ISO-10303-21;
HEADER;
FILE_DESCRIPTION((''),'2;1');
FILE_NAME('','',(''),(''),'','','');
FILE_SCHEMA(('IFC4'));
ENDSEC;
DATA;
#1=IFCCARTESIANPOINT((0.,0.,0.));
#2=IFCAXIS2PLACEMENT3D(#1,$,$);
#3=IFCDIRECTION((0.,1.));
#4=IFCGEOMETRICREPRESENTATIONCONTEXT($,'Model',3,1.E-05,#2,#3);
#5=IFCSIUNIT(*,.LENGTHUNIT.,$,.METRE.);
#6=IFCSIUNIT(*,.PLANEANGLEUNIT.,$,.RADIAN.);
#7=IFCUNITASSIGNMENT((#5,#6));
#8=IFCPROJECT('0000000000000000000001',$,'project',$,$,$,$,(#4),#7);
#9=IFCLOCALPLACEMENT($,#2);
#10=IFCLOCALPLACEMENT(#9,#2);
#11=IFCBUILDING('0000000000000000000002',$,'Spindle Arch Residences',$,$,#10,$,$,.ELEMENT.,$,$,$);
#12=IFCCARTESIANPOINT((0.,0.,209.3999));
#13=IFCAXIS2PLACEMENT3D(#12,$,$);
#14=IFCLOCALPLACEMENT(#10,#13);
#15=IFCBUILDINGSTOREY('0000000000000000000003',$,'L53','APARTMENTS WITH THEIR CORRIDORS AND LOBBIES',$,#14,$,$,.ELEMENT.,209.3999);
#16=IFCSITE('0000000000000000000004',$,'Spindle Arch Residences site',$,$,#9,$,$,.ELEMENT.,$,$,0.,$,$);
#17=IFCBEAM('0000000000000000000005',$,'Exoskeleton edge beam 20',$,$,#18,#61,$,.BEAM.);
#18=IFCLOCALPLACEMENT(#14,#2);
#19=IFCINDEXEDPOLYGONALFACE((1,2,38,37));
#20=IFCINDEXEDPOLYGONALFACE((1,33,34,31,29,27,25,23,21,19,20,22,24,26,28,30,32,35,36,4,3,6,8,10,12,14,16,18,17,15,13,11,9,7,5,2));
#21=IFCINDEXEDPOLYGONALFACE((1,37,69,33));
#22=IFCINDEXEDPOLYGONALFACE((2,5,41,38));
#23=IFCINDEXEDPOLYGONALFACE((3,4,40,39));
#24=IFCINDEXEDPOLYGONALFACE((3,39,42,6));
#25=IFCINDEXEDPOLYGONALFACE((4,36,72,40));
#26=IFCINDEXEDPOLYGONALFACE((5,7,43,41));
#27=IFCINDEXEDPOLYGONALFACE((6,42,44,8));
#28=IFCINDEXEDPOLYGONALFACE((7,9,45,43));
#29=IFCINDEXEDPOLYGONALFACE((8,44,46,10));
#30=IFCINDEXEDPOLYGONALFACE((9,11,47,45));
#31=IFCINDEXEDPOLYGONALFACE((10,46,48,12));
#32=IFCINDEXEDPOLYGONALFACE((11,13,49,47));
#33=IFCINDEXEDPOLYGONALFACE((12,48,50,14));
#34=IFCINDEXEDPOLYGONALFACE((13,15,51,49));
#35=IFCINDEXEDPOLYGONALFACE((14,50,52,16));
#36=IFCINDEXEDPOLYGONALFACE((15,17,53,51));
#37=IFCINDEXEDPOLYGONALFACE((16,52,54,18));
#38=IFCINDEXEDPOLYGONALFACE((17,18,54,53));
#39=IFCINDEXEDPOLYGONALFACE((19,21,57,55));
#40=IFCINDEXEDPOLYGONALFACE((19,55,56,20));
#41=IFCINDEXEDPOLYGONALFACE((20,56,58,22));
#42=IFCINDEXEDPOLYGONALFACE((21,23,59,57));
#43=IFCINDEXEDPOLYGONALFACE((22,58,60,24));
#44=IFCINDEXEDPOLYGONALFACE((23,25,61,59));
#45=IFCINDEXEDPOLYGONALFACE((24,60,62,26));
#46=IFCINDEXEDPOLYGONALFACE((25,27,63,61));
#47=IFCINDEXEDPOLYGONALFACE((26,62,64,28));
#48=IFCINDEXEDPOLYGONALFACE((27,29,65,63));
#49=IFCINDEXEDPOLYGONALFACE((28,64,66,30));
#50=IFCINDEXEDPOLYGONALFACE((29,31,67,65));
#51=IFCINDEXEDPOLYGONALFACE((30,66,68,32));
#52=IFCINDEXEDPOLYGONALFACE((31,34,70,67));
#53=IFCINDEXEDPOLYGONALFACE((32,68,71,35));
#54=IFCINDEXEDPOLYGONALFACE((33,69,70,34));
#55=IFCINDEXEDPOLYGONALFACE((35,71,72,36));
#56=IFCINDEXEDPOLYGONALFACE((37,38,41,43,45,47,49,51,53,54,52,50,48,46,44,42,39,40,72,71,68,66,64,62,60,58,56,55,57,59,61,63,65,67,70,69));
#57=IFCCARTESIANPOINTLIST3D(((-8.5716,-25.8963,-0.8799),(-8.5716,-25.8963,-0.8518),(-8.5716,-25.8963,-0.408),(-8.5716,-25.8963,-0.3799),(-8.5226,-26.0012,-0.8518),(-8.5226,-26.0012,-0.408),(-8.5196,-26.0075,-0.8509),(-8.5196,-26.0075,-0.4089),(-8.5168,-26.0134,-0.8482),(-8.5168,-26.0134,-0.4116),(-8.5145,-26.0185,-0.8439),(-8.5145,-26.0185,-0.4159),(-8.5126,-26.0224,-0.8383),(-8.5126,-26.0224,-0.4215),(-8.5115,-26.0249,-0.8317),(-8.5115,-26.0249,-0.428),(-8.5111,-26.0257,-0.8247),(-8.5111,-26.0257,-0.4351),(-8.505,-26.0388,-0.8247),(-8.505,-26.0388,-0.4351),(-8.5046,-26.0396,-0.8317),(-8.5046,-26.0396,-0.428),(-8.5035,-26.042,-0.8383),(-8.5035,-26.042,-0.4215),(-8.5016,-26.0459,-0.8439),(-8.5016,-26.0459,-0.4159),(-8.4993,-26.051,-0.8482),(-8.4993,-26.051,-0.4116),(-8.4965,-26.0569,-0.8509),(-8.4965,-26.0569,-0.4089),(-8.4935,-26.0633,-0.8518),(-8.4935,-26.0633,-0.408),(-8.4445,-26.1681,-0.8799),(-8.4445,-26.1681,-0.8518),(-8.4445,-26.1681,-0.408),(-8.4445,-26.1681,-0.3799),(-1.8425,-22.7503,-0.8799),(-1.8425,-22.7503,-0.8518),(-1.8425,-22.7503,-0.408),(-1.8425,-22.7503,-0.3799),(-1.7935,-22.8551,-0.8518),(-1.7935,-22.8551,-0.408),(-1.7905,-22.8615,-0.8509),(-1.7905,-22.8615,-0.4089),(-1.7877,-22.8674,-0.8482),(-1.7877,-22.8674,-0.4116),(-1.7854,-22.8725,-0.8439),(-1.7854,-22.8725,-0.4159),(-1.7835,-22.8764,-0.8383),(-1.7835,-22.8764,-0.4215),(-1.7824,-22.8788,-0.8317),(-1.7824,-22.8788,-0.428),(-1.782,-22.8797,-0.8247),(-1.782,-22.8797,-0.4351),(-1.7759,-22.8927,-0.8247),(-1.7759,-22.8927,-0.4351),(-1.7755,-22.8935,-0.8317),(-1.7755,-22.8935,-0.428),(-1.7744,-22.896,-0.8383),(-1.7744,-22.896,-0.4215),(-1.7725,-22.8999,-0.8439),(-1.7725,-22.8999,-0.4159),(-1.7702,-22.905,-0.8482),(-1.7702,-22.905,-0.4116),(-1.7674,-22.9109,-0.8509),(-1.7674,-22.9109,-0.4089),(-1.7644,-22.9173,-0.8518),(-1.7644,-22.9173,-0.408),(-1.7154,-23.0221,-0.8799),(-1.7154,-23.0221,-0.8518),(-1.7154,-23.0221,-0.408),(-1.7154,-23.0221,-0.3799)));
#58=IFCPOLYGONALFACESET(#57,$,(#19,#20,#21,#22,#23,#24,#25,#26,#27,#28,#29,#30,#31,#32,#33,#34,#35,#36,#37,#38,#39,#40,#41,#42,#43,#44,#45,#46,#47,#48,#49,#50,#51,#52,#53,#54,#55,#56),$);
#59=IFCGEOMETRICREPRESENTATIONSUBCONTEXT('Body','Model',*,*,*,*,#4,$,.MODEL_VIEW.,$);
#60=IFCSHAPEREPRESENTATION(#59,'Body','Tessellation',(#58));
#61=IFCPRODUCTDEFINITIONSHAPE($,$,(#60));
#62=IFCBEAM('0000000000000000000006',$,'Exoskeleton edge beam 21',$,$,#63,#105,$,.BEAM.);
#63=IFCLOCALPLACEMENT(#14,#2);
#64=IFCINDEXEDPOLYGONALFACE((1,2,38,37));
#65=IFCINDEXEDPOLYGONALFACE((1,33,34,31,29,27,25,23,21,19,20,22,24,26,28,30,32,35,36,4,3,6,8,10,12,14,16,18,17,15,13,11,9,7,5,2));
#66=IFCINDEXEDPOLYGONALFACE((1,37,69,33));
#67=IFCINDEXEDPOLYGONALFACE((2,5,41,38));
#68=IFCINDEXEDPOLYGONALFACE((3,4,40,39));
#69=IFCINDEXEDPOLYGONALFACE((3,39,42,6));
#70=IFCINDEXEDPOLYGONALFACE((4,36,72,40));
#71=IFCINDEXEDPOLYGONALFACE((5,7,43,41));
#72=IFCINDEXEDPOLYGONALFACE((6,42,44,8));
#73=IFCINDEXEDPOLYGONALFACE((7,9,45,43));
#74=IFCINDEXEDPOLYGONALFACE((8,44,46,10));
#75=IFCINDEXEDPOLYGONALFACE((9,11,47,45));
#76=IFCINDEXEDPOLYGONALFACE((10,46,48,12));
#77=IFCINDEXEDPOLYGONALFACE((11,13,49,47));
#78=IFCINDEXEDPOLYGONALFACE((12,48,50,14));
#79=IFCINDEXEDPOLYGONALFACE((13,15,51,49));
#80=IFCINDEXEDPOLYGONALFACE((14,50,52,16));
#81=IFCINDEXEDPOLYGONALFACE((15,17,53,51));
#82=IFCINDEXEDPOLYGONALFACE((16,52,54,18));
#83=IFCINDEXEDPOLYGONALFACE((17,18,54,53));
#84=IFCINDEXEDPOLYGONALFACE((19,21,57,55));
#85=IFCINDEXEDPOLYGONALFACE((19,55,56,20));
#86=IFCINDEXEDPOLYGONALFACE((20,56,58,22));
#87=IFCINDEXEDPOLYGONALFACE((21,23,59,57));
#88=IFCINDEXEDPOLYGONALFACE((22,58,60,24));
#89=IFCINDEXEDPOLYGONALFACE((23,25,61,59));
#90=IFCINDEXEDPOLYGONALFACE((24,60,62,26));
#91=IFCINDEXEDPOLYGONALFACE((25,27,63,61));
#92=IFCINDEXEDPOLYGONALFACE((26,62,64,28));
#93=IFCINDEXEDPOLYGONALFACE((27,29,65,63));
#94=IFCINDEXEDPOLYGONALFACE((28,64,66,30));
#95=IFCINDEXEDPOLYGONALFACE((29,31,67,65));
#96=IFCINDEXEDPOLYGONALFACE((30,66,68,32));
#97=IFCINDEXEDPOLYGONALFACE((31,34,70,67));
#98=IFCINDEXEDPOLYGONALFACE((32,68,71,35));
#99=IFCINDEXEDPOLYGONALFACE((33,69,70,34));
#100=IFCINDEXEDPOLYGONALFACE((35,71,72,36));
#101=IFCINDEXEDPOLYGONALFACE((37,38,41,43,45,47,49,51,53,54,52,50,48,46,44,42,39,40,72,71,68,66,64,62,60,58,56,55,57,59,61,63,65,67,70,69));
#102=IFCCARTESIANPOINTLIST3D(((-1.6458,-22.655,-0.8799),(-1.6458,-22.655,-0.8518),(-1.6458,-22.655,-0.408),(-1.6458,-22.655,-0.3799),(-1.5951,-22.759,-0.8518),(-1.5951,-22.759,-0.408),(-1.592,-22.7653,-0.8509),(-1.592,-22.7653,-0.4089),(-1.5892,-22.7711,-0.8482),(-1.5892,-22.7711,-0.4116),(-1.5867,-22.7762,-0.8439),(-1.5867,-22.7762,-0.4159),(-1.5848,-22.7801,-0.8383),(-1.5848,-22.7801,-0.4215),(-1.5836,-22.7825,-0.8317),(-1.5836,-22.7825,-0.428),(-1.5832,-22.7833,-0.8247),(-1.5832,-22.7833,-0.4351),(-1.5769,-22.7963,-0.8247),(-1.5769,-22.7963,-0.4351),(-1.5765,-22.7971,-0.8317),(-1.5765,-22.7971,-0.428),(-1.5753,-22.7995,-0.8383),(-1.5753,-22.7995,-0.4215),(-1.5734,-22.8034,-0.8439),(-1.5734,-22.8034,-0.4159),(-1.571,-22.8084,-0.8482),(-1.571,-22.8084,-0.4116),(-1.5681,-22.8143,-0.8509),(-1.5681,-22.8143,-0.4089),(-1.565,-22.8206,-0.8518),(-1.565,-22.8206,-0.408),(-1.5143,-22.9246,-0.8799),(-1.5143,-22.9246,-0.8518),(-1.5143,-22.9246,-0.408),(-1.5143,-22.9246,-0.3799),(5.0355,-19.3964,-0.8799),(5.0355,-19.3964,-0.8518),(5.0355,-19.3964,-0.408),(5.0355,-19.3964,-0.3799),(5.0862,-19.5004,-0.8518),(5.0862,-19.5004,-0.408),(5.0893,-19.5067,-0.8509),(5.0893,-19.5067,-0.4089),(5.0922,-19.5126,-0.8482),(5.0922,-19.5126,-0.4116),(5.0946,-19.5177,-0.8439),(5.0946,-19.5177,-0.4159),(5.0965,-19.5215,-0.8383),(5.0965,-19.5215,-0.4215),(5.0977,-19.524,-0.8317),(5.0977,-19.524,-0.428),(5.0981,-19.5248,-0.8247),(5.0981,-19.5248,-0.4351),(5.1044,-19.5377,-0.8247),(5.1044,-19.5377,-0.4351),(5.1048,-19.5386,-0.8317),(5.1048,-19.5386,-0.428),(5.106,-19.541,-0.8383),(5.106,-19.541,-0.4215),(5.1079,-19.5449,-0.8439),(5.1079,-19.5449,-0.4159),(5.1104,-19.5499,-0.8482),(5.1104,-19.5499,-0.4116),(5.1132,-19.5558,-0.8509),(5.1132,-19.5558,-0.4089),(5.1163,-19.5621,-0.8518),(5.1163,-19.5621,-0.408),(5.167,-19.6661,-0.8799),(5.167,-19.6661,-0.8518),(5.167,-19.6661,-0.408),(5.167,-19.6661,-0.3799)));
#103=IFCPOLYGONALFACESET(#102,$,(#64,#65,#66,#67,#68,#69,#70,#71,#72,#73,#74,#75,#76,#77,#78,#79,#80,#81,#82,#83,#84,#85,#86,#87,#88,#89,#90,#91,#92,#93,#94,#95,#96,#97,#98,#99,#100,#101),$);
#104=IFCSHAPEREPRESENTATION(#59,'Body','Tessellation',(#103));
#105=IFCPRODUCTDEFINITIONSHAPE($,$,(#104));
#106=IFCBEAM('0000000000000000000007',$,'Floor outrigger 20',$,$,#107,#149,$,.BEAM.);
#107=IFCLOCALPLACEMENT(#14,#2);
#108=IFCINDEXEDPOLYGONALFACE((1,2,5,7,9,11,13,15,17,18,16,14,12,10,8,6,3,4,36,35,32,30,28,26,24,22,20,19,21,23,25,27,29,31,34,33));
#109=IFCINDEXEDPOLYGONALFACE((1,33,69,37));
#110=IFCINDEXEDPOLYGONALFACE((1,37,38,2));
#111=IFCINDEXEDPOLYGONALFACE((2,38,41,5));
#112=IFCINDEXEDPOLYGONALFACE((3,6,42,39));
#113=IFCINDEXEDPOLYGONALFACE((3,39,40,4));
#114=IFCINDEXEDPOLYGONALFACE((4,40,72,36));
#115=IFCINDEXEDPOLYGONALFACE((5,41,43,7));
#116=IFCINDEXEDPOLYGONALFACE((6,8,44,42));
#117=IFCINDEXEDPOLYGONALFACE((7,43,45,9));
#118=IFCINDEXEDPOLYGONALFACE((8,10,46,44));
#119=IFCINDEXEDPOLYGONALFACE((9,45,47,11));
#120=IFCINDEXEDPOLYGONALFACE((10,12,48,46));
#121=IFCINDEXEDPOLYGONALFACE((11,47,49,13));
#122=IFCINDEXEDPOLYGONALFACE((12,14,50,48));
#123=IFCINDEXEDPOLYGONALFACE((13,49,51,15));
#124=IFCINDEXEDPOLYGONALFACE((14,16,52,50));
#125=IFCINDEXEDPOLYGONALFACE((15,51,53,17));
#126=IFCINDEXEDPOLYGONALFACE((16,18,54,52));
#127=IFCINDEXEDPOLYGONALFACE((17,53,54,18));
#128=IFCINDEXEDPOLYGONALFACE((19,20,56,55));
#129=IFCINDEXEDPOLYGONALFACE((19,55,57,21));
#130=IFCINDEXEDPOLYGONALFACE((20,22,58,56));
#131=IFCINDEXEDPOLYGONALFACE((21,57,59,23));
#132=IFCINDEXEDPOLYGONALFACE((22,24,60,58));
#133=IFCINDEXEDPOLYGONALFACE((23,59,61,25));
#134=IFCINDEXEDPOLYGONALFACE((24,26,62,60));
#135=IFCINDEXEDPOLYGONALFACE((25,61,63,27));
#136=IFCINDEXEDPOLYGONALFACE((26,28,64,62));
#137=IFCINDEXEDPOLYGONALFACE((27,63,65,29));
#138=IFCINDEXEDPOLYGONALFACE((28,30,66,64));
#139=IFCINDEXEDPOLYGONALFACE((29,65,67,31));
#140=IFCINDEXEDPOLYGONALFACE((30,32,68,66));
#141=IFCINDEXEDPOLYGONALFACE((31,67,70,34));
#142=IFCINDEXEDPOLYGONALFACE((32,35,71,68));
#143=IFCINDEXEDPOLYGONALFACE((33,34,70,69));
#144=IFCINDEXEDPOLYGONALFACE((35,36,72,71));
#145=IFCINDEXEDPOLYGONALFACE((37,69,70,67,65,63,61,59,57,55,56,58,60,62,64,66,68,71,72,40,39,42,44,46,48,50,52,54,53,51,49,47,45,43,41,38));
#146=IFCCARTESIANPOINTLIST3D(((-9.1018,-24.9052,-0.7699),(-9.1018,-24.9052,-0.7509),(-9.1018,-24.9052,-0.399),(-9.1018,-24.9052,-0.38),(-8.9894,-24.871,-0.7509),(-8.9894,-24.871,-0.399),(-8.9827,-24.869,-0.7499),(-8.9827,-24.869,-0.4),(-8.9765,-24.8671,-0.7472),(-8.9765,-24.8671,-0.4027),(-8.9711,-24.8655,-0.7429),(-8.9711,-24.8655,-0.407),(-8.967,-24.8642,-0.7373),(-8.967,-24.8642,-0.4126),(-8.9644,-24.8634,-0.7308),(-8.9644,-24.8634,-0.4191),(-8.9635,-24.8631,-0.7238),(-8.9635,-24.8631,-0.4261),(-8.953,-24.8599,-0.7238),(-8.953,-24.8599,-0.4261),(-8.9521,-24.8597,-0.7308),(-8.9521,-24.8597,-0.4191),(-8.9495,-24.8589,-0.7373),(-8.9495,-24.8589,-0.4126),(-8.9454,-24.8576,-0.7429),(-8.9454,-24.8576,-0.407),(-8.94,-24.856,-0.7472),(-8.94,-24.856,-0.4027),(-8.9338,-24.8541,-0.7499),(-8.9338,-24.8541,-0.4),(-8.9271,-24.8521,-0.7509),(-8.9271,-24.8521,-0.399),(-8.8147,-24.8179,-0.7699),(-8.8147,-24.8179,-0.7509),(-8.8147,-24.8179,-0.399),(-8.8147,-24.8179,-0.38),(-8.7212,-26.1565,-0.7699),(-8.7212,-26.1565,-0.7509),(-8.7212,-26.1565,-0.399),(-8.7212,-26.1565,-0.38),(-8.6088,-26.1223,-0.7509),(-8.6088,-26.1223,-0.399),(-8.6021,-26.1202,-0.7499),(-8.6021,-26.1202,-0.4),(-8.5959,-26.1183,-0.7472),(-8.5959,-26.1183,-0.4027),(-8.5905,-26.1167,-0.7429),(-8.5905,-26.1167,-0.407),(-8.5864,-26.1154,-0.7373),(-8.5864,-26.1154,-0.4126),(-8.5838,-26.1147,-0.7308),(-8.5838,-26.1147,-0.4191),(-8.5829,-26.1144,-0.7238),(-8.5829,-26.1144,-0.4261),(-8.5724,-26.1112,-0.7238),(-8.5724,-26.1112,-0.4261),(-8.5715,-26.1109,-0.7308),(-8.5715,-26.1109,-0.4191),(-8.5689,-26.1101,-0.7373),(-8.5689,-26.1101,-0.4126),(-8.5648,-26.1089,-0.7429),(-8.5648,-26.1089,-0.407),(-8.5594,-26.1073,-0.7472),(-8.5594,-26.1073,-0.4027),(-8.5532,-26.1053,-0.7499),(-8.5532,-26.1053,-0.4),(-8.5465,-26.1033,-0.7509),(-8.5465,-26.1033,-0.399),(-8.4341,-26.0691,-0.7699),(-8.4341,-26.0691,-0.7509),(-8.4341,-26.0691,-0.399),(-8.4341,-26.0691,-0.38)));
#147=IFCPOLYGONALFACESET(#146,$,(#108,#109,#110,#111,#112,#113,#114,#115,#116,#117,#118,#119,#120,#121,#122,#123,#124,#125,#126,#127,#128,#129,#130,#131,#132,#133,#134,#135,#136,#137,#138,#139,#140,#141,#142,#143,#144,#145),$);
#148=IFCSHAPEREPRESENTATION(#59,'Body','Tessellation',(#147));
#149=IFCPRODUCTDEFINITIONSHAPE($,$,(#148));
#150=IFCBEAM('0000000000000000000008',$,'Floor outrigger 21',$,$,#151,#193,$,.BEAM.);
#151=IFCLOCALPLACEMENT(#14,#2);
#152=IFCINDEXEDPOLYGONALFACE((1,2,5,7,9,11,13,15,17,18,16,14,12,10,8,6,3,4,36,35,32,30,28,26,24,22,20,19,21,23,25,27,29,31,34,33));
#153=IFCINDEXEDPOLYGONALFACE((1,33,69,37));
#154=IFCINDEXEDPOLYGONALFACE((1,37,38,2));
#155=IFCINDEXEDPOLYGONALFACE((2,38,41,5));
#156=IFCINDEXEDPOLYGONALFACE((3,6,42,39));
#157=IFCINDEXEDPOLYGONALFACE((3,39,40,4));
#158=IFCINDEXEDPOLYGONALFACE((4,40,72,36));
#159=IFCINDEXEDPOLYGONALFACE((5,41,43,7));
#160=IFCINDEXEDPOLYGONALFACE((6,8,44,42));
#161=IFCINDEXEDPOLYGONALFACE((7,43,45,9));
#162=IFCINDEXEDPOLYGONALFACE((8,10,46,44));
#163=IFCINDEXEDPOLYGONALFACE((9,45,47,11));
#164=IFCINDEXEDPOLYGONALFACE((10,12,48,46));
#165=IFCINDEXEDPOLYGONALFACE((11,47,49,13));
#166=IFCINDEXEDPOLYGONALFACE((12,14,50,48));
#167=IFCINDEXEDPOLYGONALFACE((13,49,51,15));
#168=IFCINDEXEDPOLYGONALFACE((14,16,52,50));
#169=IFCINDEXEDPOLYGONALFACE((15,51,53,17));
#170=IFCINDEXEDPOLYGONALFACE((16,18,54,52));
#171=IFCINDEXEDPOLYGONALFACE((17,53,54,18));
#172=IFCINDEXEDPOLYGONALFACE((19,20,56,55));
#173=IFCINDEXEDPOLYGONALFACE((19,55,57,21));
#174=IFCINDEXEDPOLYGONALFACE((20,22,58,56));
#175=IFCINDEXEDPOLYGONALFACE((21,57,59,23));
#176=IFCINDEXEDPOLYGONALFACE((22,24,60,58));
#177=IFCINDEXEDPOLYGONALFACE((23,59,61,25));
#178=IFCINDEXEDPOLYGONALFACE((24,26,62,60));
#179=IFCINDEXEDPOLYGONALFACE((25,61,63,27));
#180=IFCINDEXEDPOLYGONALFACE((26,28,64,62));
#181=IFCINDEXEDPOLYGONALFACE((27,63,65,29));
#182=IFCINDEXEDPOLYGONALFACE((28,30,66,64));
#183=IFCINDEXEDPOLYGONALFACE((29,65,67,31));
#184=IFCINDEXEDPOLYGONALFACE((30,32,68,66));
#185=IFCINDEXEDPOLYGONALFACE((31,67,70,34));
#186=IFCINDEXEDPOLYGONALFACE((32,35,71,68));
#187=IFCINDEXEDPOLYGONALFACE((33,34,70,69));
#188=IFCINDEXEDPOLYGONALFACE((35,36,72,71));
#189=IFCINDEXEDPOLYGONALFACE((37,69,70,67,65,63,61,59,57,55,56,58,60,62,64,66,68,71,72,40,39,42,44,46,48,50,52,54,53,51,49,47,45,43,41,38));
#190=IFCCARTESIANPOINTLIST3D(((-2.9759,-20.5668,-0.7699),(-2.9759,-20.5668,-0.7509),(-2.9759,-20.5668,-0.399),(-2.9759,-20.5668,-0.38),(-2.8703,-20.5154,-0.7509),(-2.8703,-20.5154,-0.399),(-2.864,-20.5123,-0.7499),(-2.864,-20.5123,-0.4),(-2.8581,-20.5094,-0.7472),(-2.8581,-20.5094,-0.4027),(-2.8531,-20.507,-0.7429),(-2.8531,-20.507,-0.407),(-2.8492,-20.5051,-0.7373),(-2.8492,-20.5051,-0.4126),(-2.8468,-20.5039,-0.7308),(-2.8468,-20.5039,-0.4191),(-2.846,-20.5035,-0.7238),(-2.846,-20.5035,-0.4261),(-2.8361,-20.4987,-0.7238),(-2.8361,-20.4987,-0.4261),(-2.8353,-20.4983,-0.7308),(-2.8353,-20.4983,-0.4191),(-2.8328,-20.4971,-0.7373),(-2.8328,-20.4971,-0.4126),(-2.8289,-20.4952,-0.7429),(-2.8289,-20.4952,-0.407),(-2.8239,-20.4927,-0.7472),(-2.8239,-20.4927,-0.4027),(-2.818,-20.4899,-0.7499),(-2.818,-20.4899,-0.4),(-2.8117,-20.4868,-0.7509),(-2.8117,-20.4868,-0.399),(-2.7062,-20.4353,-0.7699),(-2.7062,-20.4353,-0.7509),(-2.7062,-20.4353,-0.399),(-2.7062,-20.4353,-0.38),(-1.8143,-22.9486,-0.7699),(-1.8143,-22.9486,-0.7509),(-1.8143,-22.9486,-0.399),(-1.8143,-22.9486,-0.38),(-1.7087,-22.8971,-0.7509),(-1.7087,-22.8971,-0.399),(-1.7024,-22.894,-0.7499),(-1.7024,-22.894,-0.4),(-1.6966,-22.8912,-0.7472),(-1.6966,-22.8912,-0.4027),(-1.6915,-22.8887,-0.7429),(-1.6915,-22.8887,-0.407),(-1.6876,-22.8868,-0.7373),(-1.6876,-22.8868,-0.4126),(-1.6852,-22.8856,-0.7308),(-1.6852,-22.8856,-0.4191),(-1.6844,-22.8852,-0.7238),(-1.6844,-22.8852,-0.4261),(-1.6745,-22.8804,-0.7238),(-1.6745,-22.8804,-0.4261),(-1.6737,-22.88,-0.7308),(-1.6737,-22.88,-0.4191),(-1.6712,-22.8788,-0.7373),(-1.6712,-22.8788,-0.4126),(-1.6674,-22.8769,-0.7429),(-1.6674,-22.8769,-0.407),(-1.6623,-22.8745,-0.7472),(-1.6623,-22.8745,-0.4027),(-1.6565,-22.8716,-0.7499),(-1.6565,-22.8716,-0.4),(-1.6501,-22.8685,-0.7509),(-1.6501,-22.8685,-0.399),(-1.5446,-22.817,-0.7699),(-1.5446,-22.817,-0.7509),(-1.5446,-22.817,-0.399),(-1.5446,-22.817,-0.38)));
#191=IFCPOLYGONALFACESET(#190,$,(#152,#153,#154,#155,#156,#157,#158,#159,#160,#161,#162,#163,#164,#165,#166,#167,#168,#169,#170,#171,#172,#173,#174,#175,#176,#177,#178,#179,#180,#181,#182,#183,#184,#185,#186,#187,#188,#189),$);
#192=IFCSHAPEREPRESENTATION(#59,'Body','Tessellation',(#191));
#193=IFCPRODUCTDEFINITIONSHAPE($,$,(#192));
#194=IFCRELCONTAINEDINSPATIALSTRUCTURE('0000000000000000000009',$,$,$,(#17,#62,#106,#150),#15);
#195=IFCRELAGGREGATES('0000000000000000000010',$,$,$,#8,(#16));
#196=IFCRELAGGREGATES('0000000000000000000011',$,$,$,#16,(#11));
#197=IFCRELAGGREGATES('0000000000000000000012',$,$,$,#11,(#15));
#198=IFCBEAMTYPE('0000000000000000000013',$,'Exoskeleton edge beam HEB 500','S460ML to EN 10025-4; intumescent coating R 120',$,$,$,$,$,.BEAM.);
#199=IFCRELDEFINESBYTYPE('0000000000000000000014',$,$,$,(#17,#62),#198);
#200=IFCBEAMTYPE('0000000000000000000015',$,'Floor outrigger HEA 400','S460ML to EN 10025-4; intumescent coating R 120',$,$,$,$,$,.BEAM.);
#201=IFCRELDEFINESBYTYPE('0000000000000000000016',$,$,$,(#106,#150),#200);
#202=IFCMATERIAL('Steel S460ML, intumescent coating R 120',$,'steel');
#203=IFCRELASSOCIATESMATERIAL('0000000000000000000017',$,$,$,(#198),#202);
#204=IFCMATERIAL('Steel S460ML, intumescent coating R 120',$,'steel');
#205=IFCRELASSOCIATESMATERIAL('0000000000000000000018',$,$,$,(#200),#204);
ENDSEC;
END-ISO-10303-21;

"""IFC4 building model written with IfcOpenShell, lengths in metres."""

from ifc_helpers import new_model, si_unit, direction, frame, origin, origin_2d, place, context, subcontext, project, spatial, i_section, extrude, material, material_profile, profile_set, type_object, element, save


model = new_model("IFC4")

# Units and contexts
model_context = context("Model", 3, precision=1e-05, world=origin(), true_north=direction((0.0, 1.0)))
body_context = subcontext(model_context, "Body", "Model", "MODEL_VIEW")
ifc_project = project(units=[si_unit("LENGTHUNIT", "METRE"), si_unit("PLANEANGLEUNIT", "RADIAN")], contexts=[model_context])

# Site, building, storey
site_placement = place(None, origin())
site = spatial("IfcSite", under=ifc_project, at=site_placement, Name="Spindle Arch Residences site", CompositionType="ELEMENT", RefElevation=0.0)
building_placement = place(site_placement, origin())
building = spatial("IfcBuilding", under=site, at=building_placement, Name="Spindle Arch Residences", CompositionType="ELEMENT")
storey_placement = place(building_placement, frame((0.0, 0.0, 209.3999)))
storey = spatial("IfcBuildingStorey", under=building, at=storey_placement, Name="L53", Description="APARTMENTS WITH THEIR CORRIDORS AND LOBBIES", CompositionType="ELEMENT", Elevation=209.3999)

# Beams
ifc_material_1 = material(Name="Steel S460ML, intumescent coating R 120", Category="steel")
ifc_material_profile_1 = material_profile(ifc_material_1, i_section(OverallWidth=0.3, OverallDepth=0.5, WebThickness=0.0144, FlangeThickness=0.0281, FilletRadius=0.0271, at=origin_2d()), Name="HEB 500")
ifc_profile_set_1 = profile_set([ifc_material_profile_1], Name="Steel S460ML, intumescent coating R 120")
beam_type_1 = type_object("IfcBeamType", Name="Exoskeleton edge beam HEB 500", Description="S460ML to EN 10025-4; intumescent coating R 120", PredefinedType="BEAM", material=ifc_profile_set_1)
beam_1_placement = place(storey_placement, frame((-8.5081, -26.0322, -0.6299), z_axis=(0.905884, 0.423526, 0.0), x_axis=(-0.423526, 0.905884, 0.0)))
element("IfcBeam", 1, at=beam_1_placement, inside=storey, type_object=beam_type_1, Name="Exoskeleton edge beam 20", PredefinedType="BEAM", context=body_context, shape_type="SweptSolid", body=[
    extrude(i_section(OverallWidth=0.3, OverallDepth=0.5, WebThickness=0.0144, FlangeThickness=0.0281, FilletRadius=0.0271, at=origin_2d()), origin(), (0.0, 0.0, 1.0), 7.4282),
])
beam_2_placement = place(storey_placement, frame((-1.5801, -22.7898, -0.6299), z_axis=(0.898804, 0.438351, 0.0), x_axis=(-0.438351, 0.898804, 0.0)))
element("IfcBeam", 2, at=beam_2_placement, inside=storey, type_object=beam_type_1, Name="Exoskeleton edge beam 21", PredefinedType="BEAM", context=body_context, shape_type="SweptSolid", body=[
    extrude(i_section(OverallWidth=0.3, OverallDepth=0.5, WebThickness=0.0144, FlangeThickness=0.0281, FilletRadius=0.0271, at=origin_2d()), origin(), (0.0, 0.0, 1.0), 7.4336),
])
ifc_material_2 = material(Name="Steel S460ML, intumescent coating R 120", Category="steel")
ifc_material_profile_2 = material_profile(ifc_material_2, i_section(OverallWidth=0.3, OverallDepth=0.3899, WebThickness=0.011, FlangeThickness=0.019, FilletRadius=0.0271, at=origin_2d()), Name="HEA 400")
ifc_profile_set_2 = profile_set([ifc_material_profile_2], Name="Steel S460ML, intumescent coating R 120")
beam_type_2 = type_object("IfcBeamType", Name="Floor outrigger HEA 400", Description="S460ML to EN 10025-4; intumescent coating R 120", PredefinedType="BEAM", material=ifc_profile_set_2)
beam_3_placement = place(storey_placement, frame((-8.5776, -26.1128, -0.575), z_axis=(-0.291028, 0.956715, 0.0), x_axis=(-0.956715, -0.291028, 0.0)))
element("IfcBeam", 3, at=beam_3_placement, inside=storey, type_object=beam_type_2, Name="Floor outrigger 20", PredefinedType="BEAM", context=body_context, shape_type="SweptSolid", body=[
    extrude(i_section(OverallWidth=0.3, OverallDepth=0.3899, WebThickness=0.011, FlangeThickness=0.019, FilletRadius=0.0271, at=origin_2d()), origin(), (0.0, 0.0, 1.0), 1.3079),
])
beam_4_placement = place(storey_placement, frame((-1.6794, -22.8828, -0.575), z_axis=(-0.438347, 0.898806, 0.0), x_axis=(-0.898806, -0.438347, 0.0)))
element("IfcBeam", 4, at=beam_4_placement, inside=storey, type_object=beam_type_2, Name="Floor outrigger 21", PredefinedType="BEAM", context=body_context, shape_type="SweptSolid", body=[
    extrude(i_section(OverallWidth=0.3, OverallDepth=0.3899, WebThickness=0.011, FlangeThickness=0.019, FilletRadius=0.0271, at=origin_2d()), origin(), (0.0, 0.0, 1.0), 2.6499),
])

save(model, "model.ifc")
